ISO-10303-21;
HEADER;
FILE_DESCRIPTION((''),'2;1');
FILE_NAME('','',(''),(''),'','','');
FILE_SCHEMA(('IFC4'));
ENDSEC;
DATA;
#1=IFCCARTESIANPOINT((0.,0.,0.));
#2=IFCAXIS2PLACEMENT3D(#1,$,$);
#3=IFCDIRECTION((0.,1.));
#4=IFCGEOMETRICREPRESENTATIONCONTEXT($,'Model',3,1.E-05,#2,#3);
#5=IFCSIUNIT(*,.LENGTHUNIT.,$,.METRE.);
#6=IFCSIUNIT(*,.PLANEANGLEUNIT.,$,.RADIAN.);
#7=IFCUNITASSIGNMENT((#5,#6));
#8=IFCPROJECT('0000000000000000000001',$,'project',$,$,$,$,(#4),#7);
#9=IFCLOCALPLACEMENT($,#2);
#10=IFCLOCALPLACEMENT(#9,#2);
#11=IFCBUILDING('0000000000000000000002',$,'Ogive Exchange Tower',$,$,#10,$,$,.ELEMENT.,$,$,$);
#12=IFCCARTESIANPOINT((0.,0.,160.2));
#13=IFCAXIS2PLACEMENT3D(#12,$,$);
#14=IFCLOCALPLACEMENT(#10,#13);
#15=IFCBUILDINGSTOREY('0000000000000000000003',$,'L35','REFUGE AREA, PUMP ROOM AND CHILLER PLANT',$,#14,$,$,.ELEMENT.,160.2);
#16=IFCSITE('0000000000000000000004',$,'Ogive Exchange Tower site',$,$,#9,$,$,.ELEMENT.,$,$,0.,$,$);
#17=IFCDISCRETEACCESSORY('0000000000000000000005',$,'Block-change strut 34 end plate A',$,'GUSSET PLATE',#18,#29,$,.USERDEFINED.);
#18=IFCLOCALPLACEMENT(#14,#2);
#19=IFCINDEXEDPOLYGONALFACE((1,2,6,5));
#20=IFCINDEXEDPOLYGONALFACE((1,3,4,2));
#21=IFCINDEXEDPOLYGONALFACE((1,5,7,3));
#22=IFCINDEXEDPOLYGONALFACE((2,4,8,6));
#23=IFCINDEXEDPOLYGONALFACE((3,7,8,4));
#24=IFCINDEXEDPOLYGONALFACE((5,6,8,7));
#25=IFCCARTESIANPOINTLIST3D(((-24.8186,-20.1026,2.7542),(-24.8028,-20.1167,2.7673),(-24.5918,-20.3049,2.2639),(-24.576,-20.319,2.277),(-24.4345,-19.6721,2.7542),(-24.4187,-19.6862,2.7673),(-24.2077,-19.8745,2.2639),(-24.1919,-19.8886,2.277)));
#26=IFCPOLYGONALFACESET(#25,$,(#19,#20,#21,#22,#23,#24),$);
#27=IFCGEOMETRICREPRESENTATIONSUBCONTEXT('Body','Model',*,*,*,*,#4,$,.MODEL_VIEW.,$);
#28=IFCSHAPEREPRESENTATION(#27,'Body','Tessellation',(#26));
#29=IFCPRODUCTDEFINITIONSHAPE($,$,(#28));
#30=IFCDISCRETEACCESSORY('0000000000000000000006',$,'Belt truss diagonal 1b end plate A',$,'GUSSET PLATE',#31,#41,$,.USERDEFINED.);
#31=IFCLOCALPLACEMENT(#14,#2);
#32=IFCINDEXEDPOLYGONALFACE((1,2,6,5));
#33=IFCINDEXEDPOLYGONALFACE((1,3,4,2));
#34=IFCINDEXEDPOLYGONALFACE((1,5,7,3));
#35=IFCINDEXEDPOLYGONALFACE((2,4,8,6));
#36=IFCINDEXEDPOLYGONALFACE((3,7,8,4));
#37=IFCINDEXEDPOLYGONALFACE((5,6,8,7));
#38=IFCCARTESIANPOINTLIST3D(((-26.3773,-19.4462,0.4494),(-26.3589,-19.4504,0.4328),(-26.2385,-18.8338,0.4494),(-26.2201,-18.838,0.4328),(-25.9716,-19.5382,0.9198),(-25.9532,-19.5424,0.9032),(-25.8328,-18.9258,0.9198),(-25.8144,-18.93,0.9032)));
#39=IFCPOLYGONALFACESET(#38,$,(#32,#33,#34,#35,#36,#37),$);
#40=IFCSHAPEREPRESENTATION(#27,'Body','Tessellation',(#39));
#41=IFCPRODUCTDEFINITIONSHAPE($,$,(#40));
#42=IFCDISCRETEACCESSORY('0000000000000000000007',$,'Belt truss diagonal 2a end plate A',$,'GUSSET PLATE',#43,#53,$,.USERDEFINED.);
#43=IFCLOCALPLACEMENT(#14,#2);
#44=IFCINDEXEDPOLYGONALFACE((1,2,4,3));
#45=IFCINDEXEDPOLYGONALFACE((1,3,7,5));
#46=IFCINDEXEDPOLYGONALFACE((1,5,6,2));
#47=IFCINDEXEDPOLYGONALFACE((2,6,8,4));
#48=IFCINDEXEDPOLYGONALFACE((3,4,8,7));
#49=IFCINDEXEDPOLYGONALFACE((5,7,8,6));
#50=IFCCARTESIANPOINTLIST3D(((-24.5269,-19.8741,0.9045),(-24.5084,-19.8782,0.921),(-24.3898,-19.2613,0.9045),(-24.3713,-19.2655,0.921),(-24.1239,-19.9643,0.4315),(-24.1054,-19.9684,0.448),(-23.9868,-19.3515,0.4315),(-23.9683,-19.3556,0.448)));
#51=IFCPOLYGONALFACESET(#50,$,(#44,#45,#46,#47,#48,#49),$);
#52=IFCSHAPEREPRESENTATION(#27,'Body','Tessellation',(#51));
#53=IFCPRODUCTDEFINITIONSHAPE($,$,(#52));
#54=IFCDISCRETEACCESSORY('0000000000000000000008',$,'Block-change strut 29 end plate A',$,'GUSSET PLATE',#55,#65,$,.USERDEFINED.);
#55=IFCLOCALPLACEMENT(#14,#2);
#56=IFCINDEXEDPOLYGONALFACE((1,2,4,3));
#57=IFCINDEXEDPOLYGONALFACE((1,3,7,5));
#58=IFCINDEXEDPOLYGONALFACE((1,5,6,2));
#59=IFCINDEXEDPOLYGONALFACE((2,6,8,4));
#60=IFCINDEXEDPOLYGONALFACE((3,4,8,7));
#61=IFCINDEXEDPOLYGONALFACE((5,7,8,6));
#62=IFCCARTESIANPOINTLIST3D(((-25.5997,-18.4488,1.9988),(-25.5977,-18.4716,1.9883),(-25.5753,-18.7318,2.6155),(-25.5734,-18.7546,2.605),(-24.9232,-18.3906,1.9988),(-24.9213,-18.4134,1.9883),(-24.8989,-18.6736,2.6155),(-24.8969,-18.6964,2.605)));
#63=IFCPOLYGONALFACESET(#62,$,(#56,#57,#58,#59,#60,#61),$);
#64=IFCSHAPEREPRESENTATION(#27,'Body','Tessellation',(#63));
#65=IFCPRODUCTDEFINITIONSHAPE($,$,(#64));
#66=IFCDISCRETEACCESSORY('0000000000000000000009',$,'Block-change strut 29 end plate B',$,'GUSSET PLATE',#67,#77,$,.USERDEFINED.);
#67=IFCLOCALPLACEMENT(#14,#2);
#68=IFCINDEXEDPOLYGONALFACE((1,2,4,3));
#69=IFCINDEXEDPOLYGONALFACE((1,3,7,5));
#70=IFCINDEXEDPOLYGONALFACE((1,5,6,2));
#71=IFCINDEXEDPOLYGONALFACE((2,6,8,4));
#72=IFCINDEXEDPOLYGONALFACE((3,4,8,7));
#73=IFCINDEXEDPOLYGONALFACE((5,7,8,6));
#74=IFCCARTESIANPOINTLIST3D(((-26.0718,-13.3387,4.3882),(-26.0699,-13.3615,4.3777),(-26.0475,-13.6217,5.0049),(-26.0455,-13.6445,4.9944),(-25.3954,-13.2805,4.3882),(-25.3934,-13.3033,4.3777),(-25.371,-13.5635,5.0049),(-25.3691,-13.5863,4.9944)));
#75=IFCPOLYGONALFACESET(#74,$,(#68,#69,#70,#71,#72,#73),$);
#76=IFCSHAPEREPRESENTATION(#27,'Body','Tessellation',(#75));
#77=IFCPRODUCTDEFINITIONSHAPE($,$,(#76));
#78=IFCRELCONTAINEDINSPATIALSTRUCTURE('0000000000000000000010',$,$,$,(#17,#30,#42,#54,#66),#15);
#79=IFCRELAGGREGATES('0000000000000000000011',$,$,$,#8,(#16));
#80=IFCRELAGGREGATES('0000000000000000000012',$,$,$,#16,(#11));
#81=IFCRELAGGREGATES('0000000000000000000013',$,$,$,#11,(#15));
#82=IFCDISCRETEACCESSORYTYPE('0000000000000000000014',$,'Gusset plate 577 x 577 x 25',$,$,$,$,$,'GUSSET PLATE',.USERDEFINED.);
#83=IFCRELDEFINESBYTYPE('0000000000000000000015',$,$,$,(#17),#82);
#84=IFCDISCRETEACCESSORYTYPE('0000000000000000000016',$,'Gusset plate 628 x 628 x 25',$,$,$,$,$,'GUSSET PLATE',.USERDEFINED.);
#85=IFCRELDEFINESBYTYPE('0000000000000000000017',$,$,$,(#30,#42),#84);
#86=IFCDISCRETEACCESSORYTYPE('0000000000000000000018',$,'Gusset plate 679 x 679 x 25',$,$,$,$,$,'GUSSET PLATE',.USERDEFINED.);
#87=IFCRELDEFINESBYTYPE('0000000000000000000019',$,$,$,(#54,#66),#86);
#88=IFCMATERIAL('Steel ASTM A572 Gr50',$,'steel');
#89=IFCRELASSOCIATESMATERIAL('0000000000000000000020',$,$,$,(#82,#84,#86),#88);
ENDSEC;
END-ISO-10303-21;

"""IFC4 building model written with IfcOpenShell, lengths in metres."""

from ifc_helpers import new_model, si_unit, direction, frame, origin, origin_2d, place, context, subcontext, project, spatial, rectangle, extrude, material, material_profile, profile_set, type_object, element, save


model = new_model("IFC4")

# Units and contexts
model_context = context("Model", 3, precision=1e-05, world=origin(), true_north=direction((0.0, 1.0)))
body_context = subcontext(model_context, "Body", "Model", "MODEL_VIEW")
ifc_project = project(units=[si_unit("LENGTHUNIT", "METRE"), si_unit("PLANEANGLEUNIT", "RADIAN")], contexts=[model_context])

# Site, building, storey
site_placement = place(None, origin())
site = spatial("IfcSite", under=ifc_project, at=site_placement, Name="Ogive Exchange Tower site", CompositionType="ELEMENT", RefElevation=0.0)
building_placement = place(site_placement, origin())
building = spatial("IfcBuilding", under=site, at=building_placement, Name="Ogive Exchange Tower", CompositionType="ELEMENT")
storey_placement = place(building_placement, frame((0.0, 0.0, 160.2)))
storey = spatial("IfcBuildingStorey", under=building, at=storey_placement, Name="L35", Description="REFUGE AREA, PUMP ROOM AND CHILLER PLANT", CompositionType="ELEMENT", Elevation=160.2)

# Discrete accessories
ifc_material_1 = material(Name="Steel ASTM A572 Gr50", Category="steel")
ifc_material_profile_1 = material_profile(ifc_material_1, rectangle(XDim=0.5769, YDim=0.5769, at=origin_2d()), Name="PL 577 x 577 x 25")
ifc_profile_set_1 = profile_set([ifc_material_profile_1], Name="Steel ASTM A572 Gr50")
discrete_accessory_type_1 = type_object("IfcDiscreteAccessoryType", Name="Gusset plate 577 x 577 x 25", ElementType="GUSSET PLATE", PredefinedType="USERDEFINED", material=ifc_profile_set_1)
discrete_accessory_1_placement = place(storey_placement, frame((-24.5132, -19.9885, 2.509), z_axis=(0.634184, -0.565887, 0.526861), x_axis=(0.665788, 0.746141, 0.0)))
element("IfcDiscreteAccessory", 1, at=discrete_accessory_1_placement, inside=storey, type_object=discrete_accessory_type_1, Name="Block-change strut 34 end plate A", ObjectType="GUSSET PLATE", PredefinedType="USERDEFINED", context=body_context, shape_type="SweptSolid", body=[
    extrude(rectangle(XDim=0.5769, YDim=0.5769, at=origin_2d()), origin(), (0.0, 0.0, 1.0), 0.0249),
])
ifc_material_profile_2 = material_profile(ifc_material_1, rectangle(XDim=0.6279, YDim=0.6279, at=origin_2d()), Name="PL 628 x 628 x 25")
ifc_profile_set_2 = profile_set([ifc_material_profile_2], Name="Steel ASTM A572 Gr50")
discrete_accessory_type_2 = type_object("IfcDiscreteAccessoryType", Name="Gusset plate 628 x 628 x 25", ElementType="GUSSET PLATE", PredefinedType="USERDEFINED", material=ifc_profile_set_2)
for number, where, z_axis, x_axis, name in (
    (2, (-26.0867, -19.1902, 0.668), (-0.730604, 0.165604, 0.662414), (-0.221059, -0.97526, 0.0), "Belt truss diagonal 1b end plate A"),
    (3, (-24.2568, -19.6128, 0.668), (0.735098, -0.16443, 0.657719), (0.21829, 0.975884, 0.0), "Belt truss diagonal 2a end plate A"),
):
    element("IfcDiscreteAccessory", number, at=place(storey_placement, frame(where, z_axis=z_axis, x_axis=x_axis)), inside=storey, type_object=discrete_accessory_type_2, Name=name, ObjectType="GUSSET PLATE", PredefinedType="USERDEFINED", context=body_context, shape_type="SweptSolid", body=[
        extrude(rectangle(XDim=0.6279, YDim=0.6279, at=origin_2d()), origin(), (0.0, 0.0, 1.0), 0.0251),
    ])
ifc_material_profile_3 = material_profile(ifc_material_1, rectangle(XDim=0.679, YDim=0.679, at=origin_2d()), Name="PL 679 x 679 x 25")
ifc_profile_set_3 = profile_set([ifc_material_profile_3], Name="Steel ASTM A572 Gr50")
discrete_accessory_type_3 = type_object("IfcDiscreteAccessoryType", Name="Gusset plate 679 x 679 x 25", ElementType="GUSSET PLATE", PredefinedType="USERDEFINED", material=ifc_profile_set_3)
for number, where, z_axis, x_axis, name in (
    (4, (-25.2473, -18.584, 2.2966), (-0.077843, 0.904919, 0.418404), (-0.996321, -0.085705, 0.0), "Block-change strut 29 end plate A"),
    (5, (-25.7195, -13.4739, 4.686), (-0.077843, 0.904919, 0.418404), (-0.996321, -0.085705, 0.0), "Block-change strut 29 end plate B"),
):
    element("IfcDiscreteAccessory", number, at=place(storey_placement, frame(where, z_axis=z_axis, x_axis=x_axis)), inside=storey, type_object=discrete_accessory_type_3, Name=name, ObjectType="GUSSET PLATE", PredefinedType="USERDEFINED", context=body_context, shape_type="SweptSolid", body=[
        extrude(rectangle(XDim=0.679, YDim=0.679, at=origin_2d()), origin(), (0.0, 0.0, 1.0), 0.0251),
    ])

save(model, "model.ifc")
